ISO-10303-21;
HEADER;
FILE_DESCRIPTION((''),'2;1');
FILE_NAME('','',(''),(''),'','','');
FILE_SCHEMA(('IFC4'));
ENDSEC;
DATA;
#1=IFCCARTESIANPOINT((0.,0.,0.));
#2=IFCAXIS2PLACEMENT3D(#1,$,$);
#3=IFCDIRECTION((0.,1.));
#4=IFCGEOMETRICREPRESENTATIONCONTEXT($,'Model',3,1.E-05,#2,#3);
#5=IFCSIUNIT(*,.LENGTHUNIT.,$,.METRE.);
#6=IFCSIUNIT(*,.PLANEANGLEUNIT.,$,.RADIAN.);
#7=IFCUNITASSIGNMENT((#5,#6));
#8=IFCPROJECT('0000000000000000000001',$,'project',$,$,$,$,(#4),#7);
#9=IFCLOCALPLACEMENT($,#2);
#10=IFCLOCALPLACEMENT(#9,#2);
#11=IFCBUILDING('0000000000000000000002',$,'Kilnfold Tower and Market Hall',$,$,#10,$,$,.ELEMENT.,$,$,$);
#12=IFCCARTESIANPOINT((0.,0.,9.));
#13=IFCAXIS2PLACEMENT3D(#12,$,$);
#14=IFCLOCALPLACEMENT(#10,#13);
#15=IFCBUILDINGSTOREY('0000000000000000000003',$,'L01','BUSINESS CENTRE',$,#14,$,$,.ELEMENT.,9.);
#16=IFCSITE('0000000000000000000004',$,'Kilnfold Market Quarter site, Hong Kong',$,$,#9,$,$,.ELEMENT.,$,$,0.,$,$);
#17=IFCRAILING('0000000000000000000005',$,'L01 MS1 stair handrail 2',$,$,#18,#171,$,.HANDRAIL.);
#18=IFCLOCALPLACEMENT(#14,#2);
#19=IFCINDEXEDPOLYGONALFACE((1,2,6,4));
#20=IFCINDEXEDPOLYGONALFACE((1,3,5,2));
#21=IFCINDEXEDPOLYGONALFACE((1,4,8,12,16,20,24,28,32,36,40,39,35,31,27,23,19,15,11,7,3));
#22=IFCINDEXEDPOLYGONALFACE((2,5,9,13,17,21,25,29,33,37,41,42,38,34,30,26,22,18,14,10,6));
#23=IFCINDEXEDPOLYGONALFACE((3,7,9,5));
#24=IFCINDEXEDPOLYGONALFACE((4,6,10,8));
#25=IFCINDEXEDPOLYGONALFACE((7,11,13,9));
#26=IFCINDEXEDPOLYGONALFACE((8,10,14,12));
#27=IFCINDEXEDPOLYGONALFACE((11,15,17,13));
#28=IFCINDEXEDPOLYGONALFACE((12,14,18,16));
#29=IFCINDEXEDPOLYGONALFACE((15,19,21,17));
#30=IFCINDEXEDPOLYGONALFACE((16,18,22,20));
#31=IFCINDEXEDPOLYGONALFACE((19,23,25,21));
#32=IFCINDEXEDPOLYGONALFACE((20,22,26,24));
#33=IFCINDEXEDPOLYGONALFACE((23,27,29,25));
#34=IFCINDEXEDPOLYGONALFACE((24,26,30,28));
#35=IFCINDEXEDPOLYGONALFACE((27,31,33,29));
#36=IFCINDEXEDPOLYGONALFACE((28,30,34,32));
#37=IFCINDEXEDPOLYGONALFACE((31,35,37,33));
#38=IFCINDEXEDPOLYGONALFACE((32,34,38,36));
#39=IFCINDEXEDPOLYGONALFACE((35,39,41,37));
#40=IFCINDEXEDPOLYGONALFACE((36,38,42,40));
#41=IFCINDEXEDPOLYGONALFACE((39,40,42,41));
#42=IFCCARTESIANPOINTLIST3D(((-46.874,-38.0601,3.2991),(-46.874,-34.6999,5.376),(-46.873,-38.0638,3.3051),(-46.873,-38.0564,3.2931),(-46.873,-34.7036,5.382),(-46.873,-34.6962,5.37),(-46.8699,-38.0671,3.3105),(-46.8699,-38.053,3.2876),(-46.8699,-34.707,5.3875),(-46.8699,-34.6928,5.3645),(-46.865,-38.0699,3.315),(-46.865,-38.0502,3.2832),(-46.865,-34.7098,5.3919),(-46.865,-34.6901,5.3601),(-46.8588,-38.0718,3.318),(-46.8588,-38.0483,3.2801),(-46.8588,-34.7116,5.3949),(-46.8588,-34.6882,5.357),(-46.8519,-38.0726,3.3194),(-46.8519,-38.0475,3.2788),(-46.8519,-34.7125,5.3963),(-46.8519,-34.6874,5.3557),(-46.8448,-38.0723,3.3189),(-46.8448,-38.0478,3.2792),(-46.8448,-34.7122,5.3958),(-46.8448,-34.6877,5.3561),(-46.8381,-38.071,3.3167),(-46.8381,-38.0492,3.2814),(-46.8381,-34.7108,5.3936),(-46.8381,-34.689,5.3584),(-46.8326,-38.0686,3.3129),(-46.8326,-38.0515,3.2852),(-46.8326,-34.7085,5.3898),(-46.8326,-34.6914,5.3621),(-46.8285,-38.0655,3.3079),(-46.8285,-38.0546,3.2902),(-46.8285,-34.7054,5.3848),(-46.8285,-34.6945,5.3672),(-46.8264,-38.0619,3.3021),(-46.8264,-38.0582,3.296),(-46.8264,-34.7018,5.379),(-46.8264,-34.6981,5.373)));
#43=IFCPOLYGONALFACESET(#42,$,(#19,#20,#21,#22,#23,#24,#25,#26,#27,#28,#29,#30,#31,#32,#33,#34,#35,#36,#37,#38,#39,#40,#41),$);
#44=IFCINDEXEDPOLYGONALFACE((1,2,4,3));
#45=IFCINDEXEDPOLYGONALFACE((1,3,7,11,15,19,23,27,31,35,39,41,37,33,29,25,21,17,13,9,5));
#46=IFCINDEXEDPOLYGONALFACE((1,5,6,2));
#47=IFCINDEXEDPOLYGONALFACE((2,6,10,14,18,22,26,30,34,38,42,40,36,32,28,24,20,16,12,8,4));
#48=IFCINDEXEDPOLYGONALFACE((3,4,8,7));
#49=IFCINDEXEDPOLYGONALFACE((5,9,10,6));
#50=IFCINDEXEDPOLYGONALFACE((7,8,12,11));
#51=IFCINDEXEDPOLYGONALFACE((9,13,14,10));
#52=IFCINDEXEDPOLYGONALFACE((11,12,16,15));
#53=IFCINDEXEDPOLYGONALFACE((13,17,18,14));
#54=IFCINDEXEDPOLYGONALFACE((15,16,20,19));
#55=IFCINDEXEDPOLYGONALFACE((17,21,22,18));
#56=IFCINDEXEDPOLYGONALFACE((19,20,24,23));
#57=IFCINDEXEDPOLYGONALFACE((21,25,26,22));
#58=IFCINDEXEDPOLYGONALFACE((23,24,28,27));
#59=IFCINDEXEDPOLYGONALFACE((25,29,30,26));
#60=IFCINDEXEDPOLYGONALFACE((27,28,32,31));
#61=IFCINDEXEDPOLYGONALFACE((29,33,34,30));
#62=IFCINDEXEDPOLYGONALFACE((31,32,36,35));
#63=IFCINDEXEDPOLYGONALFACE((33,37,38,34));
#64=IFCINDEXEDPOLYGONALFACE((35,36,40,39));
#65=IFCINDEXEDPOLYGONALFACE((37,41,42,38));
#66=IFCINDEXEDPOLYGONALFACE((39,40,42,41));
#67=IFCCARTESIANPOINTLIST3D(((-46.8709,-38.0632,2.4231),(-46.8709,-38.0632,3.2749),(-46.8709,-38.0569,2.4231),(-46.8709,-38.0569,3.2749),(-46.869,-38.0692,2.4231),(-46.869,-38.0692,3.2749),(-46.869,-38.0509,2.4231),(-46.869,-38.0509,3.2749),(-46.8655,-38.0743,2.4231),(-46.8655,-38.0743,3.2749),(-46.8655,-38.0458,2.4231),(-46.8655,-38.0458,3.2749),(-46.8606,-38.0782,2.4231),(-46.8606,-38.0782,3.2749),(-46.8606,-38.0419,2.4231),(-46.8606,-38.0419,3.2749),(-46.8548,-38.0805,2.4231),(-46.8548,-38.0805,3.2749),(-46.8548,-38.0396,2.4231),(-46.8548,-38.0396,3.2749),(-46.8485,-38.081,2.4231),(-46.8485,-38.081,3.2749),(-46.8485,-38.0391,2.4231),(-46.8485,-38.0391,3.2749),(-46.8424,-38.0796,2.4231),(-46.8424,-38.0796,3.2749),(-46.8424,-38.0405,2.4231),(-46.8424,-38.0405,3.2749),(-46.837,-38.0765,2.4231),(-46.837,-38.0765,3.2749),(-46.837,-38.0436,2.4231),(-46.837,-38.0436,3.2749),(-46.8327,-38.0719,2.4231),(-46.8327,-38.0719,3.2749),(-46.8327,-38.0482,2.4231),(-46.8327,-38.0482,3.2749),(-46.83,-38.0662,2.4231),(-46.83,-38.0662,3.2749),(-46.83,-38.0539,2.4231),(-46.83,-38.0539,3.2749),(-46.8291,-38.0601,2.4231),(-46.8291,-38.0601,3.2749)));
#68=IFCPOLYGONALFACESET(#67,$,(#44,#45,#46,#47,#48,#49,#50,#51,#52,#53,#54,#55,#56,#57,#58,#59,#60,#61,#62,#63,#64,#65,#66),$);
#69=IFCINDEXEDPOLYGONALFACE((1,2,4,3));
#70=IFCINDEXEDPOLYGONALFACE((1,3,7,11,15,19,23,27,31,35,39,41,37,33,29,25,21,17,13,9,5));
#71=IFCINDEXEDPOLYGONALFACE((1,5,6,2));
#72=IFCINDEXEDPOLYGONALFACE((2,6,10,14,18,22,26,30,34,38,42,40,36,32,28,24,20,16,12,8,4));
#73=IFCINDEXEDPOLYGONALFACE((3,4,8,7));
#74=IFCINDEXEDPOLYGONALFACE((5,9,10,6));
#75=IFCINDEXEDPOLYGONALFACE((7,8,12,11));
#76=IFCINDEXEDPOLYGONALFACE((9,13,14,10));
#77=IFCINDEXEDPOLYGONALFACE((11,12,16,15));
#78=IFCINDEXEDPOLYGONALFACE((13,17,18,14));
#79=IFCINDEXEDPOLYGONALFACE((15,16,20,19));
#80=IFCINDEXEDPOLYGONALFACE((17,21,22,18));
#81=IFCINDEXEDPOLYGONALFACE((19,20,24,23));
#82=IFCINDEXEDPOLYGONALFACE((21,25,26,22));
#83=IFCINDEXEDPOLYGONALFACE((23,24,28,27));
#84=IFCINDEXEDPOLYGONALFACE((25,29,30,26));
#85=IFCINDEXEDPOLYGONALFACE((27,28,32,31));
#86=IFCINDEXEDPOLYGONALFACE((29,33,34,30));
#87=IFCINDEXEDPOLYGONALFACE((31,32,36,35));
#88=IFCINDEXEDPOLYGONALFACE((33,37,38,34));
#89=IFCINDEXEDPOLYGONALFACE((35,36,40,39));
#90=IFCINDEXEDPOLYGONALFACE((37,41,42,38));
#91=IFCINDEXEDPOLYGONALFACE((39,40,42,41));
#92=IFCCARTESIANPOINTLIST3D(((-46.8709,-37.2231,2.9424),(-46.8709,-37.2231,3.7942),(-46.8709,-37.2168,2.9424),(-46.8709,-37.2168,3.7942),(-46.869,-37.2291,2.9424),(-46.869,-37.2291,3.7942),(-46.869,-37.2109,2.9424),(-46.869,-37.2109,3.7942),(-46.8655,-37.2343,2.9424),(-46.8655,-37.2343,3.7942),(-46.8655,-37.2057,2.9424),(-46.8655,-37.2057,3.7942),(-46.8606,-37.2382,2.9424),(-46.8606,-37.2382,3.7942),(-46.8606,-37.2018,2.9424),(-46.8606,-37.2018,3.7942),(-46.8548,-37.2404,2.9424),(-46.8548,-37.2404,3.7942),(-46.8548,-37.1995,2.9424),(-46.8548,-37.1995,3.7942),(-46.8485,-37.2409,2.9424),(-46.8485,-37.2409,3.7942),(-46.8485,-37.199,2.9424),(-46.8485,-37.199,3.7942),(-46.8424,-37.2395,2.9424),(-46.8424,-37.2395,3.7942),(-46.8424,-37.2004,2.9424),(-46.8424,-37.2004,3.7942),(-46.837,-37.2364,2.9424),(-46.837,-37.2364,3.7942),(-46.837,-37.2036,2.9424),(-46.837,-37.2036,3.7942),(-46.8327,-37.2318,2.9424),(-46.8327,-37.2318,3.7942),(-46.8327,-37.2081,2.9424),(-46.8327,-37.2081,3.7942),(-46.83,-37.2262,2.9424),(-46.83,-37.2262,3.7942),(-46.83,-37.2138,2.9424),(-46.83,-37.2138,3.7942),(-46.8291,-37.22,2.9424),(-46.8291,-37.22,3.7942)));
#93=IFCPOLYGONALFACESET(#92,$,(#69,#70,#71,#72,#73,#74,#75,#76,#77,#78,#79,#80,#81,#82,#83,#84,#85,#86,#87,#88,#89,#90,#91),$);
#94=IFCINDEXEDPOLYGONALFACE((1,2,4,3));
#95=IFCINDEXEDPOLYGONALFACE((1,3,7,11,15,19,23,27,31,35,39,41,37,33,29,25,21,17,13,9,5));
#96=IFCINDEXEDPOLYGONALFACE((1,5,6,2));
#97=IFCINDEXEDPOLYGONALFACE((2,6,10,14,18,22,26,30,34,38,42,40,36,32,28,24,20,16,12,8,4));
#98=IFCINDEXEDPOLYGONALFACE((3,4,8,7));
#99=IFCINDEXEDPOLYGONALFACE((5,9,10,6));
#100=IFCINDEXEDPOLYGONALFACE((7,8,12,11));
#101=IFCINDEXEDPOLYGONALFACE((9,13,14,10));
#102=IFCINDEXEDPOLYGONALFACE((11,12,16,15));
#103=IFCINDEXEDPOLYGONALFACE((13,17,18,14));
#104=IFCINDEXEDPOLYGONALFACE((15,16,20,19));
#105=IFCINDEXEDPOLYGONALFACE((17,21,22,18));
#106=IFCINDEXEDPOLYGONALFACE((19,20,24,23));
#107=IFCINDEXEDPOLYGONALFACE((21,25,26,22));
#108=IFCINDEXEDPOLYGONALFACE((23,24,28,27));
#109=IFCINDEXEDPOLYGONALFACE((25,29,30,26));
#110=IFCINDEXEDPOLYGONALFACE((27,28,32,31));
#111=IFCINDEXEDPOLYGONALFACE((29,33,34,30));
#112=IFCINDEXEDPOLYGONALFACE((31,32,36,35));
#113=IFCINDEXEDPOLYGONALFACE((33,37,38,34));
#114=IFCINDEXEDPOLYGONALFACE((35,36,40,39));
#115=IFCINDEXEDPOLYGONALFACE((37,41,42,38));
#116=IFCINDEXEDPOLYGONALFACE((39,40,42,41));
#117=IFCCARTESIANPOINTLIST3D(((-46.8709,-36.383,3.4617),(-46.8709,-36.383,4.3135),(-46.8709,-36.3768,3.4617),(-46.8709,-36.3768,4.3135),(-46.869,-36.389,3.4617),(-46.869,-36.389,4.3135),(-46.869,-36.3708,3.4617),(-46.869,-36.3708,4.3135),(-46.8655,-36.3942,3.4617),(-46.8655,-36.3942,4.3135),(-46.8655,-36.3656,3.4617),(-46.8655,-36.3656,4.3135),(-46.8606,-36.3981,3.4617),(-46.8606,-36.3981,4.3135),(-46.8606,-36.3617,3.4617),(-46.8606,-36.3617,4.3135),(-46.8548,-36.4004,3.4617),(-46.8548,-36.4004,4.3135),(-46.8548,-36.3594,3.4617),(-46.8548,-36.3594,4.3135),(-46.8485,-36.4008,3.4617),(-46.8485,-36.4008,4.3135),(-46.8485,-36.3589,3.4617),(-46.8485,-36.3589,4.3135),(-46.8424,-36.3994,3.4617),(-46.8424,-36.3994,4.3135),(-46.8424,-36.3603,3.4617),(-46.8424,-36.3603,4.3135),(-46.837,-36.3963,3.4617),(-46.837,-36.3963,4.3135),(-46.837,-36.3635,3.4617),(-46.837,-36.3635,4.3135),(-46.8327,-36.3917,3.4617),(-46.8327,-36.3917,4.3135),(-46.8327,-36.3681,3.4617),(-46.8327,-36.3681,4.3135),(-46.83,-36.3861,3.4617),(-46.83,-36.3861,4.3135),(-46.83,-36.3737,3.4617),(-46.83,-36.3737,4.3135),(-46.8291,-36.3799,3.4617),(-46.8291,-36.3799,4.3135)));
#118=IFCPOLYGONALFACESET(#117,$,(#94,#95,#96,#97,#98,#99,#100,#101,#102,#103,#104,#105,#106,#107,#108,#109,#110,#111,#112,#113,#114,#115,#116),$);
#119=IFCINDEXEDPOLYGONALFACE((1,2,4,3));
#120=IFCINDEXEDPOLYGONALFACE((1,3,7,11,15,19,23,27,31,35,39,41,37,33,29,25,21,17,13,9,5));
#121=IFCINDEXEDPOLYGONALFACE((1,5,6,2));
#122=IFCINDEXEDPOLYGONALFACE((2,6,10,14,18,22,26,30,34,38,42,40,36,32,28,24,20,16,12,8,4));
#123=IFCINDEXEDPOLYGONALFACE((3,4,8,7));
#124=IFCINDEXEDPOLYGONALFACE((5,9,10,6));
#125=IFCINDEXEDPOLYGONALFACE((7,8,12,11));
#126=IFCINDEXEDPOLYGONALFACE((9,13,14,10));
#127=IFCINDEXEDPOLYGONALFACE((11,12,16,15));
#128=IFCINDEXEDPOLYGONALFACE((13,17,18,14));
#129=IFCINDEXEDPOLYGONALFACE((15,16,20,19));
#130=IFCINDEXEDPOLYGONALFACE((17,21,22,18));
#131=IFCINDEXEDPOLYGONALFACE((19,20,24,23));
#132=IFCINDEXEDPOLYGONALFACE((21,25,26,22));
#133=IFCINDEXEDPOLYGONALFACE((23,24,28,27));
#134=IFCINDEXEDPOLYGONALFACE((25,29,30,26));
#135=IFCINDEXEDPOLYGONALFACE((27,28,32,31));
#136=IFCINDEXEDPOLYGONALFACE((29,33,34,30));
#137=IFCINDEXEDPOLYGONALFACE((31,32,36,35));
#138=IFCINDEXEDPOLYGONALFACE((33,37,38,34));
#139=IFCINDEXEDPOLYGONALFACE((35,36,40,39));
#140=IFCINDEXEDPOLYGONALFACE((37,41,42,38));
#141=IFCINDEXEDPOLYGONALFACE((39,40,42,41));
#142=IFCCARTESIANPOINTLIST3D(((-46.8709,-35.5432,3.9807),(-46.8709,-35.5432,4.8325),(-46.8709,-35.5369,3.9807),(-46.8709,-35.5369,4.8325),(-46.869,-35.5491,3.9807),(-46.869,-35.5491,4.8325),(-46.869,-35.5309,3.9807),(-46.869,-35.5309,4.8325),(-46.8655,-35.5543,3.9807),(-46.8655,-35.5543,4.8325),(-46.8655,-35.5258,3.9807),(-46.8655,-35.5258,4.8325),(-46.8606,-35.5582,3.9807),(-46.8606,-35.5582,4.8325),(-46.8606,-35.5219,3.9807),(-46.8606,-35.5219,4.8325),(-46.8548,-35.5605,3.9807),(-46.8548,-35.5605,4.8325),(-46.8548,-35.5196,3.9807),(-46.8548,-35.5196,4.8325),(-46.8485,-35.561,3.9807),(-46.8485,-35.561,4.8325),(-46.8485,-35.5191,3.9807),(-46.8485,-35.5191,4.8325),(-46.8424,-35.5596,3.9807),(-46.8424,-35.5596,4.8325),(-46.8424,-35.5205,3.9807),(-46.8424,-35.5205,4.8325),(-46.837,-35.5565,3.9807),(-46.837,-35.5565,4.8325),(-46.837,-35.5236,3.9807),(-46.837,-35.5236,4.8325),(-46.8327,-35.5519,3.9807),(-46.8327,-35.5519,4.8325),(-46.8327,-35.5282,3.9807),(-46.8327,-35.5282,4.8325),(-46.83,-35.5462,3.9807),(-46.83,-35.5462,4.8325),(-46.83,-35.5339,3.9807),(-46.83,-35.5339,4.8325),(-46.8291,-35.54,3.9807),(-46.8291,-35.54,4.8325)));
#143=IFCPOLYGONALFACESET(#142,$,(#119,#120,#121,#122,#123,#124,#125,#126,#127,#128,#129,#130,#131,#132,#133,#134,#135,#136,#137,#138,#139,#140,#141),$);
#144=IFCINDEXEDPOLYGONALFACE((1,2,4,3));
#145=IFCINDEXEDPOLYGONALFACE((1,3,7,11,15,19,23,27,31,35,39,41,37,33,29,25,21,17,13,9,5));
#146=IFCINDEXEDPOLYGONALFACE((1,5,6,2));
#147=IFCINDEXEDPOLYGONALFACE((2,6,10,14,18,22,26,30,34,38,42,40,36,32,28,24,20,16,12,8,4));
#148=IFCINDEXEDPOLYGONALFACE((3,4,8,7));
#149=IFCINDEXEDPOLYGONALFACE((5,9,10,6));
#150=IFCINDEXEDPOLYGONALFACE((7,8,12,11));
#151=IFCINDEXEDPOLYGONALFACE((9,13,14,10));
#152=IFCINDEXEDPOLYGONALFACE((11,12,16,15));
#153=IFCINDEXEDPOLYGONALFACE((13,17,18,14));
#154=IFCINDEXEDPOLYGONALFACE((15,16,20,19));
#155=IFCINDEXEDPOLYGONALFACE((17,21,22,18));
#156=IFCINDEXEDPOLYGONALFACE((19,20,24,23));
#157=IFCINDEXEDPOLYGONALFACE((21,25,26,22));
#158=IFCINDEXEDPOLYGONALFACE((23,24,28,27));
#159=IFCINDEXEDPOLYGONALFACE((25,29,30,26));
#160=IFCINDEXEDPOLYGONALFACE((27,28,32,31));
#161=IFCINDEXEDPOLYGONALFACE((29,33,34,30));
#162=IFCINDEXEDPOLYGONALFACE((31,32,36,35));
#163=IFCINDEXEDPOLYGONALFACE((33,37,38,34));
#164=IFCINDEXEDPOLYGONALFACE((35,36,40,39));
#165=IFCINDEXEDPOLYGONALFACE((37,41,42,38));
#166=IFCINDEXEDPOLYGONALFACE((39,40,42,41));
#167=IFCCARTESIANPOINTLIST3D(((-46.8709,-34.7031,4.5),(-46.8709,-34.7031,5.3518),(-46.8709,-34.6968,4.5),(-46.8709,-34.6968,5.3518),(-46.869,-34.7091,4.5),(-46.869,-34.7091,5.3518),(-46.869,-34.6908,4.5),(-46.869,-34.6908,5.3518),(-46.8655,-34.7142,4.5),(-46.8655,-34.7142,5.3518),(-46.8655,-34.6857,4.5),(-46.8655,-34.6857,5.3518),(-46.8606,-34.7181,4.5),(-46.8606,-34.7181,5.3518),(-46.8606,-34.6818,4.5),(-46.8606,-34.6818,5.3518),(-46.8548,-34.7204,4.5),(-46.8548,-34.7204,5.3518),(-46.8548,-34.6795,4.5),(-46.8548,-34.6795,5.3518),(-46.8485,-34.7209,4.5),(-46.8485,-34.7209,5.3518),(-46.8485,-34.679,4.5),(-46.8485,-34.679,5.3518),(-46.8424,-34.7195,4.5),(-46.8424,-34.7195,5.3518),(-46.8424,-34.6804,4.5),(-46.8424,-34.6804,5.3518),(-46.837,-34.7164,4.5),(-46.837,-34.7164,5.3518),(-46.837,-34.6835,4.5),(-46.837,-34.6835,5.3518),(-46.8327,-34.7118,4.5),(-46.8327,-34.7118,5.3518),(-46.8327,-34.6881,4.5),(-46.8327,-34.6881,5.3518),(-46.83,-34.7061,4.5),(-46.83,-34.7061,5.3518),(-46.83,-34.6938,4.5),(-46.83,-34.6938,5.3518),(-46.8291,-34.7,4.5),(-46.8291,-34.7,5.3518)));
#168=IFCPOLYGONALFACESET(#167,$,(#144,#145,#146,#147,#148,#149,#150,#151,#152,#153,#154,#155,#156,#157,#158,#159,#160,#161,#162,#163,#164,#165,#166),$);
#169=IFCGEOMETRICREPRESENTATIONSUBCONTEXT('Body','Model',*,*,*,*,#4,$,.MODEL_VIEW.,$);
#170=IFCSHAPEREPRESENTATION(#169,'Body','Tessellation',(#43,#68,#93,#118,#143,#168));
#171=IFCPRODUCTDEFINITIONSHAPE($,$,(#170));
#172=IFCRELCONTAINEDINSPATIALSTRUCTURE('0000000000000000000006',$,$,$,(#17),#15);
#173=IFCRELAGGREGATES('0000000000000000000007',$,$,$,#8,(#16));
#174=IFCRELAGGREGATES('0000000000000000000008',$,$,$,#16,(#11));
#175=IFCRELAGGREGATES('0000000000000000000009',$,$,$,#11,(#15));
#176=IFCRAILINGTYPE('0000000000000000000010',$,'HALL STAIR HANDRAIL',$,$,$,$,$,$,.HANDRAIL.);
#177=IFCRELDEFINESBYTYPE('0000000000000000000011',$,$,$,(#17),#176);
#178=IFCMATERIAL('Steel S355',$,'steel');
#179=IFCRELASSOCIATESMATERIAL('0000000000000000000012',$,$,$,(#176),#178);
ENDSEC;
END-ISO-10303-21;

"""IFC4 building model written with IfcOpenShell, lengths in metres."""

from ifc_helpers import new_model, si_unit, direction, frame, origin, origin_2d, place, context, subcontext, project, spatial, circle, extrude, material, type_object, element, save


model = new_model("IFC4")

# Units and contexts
model_context = context("Model", 3, precision=1e-05, world=origin(), true_north=direction((0.0, 1.0)))
body_context = subcontext(model_context, "Body", "Model", "MODEL_VIEW")
ifc_project = project(units=[si_unit("LENGTHUNIT", "METRE"), si_unit("PLANEANGLEUNIT", "RADIAN")], contexts=[model_context])

# Site, building, storey
site_placement = place(None, origin())
site = spatial("IfcSite", under=ifc_project, at=site_placement, Name="Kilnfold Market Quarter site, Hong Kong", CompositionType="ELEMENT", RefElevation=0.0)
building_placement = place(site_placement, origin())
building = spatial("IfcBuilding", under=site, at=building_placement, Name="Kilnfold Tower and Market Hall", CompositionType="ELEMENT")
storey_placement = place(building_placement, frame((0.0, 0.0, 9.0)))
storey = spatial("IfcBuildingStorey", under=building, at=storey_placement, Name="L01", Description="BUSINESS CENTRE", CompositionType="ELEMENT", Elevation=9.0)

# Railing
ifc_material_1 = material(Name="Steel S355", Category="steel")
railing_type_1 = type_object("IfcRailingType", Name="HALL STAIR HANDRAIL", PredefinedType="HANDRAIL", material=ifc_material_1)
railing_1_placement = place(storey_placement, frame((-46.8501, -38.0601, 2.4231)))
element("IfcRailing", 1, at=railing_1_placement, inside=storey, type_object=railing_type_1, Name="L01 MS1 stair handrail 2", PredefinedType="HANDRAIL", context=body_context, shape_type="SweptSolid", body=[
    extrude(circle(Radius=0.0239, at=origin_2d()), frame((0.0, 0.0, 0.876), z_axis=(0.0, 0.850623, 0.525776), x_axis=(-1.0, 0.0, 0.0)), (0.0, 0.0, 1.0), 3.9502),
    extrude(circle(Radius=0.021, at=origin_2d()), origin(), (0.0, 0.0, 1.0), 0.8518),
    extrude(circle(Radius=0.021, at=origin_2d()), frame((0.0, 0.8401, 0.5193)), (0.0, 0.0, 1.0), 0.8518),
    extrude(circle(Radius=0.021, at=origin_2d()), frame((0.0, 1.6802, 1.0386)), (0.0, 0.0, 1.0), 0.8518),
    extrude(circle(Radius=0.021, at=origin_2d()), frame((0.0, 2.52, 1.5576)), (0.0, 0.0, 1.0), 0.8518),
    extrude(circle(Radius=0.021, at=origin_2d()), frame((0.0, 3.3601, 2.0769)), (0.0, 0.0, 1.0), 0.8518),
])

save(model, "model.ifc")
